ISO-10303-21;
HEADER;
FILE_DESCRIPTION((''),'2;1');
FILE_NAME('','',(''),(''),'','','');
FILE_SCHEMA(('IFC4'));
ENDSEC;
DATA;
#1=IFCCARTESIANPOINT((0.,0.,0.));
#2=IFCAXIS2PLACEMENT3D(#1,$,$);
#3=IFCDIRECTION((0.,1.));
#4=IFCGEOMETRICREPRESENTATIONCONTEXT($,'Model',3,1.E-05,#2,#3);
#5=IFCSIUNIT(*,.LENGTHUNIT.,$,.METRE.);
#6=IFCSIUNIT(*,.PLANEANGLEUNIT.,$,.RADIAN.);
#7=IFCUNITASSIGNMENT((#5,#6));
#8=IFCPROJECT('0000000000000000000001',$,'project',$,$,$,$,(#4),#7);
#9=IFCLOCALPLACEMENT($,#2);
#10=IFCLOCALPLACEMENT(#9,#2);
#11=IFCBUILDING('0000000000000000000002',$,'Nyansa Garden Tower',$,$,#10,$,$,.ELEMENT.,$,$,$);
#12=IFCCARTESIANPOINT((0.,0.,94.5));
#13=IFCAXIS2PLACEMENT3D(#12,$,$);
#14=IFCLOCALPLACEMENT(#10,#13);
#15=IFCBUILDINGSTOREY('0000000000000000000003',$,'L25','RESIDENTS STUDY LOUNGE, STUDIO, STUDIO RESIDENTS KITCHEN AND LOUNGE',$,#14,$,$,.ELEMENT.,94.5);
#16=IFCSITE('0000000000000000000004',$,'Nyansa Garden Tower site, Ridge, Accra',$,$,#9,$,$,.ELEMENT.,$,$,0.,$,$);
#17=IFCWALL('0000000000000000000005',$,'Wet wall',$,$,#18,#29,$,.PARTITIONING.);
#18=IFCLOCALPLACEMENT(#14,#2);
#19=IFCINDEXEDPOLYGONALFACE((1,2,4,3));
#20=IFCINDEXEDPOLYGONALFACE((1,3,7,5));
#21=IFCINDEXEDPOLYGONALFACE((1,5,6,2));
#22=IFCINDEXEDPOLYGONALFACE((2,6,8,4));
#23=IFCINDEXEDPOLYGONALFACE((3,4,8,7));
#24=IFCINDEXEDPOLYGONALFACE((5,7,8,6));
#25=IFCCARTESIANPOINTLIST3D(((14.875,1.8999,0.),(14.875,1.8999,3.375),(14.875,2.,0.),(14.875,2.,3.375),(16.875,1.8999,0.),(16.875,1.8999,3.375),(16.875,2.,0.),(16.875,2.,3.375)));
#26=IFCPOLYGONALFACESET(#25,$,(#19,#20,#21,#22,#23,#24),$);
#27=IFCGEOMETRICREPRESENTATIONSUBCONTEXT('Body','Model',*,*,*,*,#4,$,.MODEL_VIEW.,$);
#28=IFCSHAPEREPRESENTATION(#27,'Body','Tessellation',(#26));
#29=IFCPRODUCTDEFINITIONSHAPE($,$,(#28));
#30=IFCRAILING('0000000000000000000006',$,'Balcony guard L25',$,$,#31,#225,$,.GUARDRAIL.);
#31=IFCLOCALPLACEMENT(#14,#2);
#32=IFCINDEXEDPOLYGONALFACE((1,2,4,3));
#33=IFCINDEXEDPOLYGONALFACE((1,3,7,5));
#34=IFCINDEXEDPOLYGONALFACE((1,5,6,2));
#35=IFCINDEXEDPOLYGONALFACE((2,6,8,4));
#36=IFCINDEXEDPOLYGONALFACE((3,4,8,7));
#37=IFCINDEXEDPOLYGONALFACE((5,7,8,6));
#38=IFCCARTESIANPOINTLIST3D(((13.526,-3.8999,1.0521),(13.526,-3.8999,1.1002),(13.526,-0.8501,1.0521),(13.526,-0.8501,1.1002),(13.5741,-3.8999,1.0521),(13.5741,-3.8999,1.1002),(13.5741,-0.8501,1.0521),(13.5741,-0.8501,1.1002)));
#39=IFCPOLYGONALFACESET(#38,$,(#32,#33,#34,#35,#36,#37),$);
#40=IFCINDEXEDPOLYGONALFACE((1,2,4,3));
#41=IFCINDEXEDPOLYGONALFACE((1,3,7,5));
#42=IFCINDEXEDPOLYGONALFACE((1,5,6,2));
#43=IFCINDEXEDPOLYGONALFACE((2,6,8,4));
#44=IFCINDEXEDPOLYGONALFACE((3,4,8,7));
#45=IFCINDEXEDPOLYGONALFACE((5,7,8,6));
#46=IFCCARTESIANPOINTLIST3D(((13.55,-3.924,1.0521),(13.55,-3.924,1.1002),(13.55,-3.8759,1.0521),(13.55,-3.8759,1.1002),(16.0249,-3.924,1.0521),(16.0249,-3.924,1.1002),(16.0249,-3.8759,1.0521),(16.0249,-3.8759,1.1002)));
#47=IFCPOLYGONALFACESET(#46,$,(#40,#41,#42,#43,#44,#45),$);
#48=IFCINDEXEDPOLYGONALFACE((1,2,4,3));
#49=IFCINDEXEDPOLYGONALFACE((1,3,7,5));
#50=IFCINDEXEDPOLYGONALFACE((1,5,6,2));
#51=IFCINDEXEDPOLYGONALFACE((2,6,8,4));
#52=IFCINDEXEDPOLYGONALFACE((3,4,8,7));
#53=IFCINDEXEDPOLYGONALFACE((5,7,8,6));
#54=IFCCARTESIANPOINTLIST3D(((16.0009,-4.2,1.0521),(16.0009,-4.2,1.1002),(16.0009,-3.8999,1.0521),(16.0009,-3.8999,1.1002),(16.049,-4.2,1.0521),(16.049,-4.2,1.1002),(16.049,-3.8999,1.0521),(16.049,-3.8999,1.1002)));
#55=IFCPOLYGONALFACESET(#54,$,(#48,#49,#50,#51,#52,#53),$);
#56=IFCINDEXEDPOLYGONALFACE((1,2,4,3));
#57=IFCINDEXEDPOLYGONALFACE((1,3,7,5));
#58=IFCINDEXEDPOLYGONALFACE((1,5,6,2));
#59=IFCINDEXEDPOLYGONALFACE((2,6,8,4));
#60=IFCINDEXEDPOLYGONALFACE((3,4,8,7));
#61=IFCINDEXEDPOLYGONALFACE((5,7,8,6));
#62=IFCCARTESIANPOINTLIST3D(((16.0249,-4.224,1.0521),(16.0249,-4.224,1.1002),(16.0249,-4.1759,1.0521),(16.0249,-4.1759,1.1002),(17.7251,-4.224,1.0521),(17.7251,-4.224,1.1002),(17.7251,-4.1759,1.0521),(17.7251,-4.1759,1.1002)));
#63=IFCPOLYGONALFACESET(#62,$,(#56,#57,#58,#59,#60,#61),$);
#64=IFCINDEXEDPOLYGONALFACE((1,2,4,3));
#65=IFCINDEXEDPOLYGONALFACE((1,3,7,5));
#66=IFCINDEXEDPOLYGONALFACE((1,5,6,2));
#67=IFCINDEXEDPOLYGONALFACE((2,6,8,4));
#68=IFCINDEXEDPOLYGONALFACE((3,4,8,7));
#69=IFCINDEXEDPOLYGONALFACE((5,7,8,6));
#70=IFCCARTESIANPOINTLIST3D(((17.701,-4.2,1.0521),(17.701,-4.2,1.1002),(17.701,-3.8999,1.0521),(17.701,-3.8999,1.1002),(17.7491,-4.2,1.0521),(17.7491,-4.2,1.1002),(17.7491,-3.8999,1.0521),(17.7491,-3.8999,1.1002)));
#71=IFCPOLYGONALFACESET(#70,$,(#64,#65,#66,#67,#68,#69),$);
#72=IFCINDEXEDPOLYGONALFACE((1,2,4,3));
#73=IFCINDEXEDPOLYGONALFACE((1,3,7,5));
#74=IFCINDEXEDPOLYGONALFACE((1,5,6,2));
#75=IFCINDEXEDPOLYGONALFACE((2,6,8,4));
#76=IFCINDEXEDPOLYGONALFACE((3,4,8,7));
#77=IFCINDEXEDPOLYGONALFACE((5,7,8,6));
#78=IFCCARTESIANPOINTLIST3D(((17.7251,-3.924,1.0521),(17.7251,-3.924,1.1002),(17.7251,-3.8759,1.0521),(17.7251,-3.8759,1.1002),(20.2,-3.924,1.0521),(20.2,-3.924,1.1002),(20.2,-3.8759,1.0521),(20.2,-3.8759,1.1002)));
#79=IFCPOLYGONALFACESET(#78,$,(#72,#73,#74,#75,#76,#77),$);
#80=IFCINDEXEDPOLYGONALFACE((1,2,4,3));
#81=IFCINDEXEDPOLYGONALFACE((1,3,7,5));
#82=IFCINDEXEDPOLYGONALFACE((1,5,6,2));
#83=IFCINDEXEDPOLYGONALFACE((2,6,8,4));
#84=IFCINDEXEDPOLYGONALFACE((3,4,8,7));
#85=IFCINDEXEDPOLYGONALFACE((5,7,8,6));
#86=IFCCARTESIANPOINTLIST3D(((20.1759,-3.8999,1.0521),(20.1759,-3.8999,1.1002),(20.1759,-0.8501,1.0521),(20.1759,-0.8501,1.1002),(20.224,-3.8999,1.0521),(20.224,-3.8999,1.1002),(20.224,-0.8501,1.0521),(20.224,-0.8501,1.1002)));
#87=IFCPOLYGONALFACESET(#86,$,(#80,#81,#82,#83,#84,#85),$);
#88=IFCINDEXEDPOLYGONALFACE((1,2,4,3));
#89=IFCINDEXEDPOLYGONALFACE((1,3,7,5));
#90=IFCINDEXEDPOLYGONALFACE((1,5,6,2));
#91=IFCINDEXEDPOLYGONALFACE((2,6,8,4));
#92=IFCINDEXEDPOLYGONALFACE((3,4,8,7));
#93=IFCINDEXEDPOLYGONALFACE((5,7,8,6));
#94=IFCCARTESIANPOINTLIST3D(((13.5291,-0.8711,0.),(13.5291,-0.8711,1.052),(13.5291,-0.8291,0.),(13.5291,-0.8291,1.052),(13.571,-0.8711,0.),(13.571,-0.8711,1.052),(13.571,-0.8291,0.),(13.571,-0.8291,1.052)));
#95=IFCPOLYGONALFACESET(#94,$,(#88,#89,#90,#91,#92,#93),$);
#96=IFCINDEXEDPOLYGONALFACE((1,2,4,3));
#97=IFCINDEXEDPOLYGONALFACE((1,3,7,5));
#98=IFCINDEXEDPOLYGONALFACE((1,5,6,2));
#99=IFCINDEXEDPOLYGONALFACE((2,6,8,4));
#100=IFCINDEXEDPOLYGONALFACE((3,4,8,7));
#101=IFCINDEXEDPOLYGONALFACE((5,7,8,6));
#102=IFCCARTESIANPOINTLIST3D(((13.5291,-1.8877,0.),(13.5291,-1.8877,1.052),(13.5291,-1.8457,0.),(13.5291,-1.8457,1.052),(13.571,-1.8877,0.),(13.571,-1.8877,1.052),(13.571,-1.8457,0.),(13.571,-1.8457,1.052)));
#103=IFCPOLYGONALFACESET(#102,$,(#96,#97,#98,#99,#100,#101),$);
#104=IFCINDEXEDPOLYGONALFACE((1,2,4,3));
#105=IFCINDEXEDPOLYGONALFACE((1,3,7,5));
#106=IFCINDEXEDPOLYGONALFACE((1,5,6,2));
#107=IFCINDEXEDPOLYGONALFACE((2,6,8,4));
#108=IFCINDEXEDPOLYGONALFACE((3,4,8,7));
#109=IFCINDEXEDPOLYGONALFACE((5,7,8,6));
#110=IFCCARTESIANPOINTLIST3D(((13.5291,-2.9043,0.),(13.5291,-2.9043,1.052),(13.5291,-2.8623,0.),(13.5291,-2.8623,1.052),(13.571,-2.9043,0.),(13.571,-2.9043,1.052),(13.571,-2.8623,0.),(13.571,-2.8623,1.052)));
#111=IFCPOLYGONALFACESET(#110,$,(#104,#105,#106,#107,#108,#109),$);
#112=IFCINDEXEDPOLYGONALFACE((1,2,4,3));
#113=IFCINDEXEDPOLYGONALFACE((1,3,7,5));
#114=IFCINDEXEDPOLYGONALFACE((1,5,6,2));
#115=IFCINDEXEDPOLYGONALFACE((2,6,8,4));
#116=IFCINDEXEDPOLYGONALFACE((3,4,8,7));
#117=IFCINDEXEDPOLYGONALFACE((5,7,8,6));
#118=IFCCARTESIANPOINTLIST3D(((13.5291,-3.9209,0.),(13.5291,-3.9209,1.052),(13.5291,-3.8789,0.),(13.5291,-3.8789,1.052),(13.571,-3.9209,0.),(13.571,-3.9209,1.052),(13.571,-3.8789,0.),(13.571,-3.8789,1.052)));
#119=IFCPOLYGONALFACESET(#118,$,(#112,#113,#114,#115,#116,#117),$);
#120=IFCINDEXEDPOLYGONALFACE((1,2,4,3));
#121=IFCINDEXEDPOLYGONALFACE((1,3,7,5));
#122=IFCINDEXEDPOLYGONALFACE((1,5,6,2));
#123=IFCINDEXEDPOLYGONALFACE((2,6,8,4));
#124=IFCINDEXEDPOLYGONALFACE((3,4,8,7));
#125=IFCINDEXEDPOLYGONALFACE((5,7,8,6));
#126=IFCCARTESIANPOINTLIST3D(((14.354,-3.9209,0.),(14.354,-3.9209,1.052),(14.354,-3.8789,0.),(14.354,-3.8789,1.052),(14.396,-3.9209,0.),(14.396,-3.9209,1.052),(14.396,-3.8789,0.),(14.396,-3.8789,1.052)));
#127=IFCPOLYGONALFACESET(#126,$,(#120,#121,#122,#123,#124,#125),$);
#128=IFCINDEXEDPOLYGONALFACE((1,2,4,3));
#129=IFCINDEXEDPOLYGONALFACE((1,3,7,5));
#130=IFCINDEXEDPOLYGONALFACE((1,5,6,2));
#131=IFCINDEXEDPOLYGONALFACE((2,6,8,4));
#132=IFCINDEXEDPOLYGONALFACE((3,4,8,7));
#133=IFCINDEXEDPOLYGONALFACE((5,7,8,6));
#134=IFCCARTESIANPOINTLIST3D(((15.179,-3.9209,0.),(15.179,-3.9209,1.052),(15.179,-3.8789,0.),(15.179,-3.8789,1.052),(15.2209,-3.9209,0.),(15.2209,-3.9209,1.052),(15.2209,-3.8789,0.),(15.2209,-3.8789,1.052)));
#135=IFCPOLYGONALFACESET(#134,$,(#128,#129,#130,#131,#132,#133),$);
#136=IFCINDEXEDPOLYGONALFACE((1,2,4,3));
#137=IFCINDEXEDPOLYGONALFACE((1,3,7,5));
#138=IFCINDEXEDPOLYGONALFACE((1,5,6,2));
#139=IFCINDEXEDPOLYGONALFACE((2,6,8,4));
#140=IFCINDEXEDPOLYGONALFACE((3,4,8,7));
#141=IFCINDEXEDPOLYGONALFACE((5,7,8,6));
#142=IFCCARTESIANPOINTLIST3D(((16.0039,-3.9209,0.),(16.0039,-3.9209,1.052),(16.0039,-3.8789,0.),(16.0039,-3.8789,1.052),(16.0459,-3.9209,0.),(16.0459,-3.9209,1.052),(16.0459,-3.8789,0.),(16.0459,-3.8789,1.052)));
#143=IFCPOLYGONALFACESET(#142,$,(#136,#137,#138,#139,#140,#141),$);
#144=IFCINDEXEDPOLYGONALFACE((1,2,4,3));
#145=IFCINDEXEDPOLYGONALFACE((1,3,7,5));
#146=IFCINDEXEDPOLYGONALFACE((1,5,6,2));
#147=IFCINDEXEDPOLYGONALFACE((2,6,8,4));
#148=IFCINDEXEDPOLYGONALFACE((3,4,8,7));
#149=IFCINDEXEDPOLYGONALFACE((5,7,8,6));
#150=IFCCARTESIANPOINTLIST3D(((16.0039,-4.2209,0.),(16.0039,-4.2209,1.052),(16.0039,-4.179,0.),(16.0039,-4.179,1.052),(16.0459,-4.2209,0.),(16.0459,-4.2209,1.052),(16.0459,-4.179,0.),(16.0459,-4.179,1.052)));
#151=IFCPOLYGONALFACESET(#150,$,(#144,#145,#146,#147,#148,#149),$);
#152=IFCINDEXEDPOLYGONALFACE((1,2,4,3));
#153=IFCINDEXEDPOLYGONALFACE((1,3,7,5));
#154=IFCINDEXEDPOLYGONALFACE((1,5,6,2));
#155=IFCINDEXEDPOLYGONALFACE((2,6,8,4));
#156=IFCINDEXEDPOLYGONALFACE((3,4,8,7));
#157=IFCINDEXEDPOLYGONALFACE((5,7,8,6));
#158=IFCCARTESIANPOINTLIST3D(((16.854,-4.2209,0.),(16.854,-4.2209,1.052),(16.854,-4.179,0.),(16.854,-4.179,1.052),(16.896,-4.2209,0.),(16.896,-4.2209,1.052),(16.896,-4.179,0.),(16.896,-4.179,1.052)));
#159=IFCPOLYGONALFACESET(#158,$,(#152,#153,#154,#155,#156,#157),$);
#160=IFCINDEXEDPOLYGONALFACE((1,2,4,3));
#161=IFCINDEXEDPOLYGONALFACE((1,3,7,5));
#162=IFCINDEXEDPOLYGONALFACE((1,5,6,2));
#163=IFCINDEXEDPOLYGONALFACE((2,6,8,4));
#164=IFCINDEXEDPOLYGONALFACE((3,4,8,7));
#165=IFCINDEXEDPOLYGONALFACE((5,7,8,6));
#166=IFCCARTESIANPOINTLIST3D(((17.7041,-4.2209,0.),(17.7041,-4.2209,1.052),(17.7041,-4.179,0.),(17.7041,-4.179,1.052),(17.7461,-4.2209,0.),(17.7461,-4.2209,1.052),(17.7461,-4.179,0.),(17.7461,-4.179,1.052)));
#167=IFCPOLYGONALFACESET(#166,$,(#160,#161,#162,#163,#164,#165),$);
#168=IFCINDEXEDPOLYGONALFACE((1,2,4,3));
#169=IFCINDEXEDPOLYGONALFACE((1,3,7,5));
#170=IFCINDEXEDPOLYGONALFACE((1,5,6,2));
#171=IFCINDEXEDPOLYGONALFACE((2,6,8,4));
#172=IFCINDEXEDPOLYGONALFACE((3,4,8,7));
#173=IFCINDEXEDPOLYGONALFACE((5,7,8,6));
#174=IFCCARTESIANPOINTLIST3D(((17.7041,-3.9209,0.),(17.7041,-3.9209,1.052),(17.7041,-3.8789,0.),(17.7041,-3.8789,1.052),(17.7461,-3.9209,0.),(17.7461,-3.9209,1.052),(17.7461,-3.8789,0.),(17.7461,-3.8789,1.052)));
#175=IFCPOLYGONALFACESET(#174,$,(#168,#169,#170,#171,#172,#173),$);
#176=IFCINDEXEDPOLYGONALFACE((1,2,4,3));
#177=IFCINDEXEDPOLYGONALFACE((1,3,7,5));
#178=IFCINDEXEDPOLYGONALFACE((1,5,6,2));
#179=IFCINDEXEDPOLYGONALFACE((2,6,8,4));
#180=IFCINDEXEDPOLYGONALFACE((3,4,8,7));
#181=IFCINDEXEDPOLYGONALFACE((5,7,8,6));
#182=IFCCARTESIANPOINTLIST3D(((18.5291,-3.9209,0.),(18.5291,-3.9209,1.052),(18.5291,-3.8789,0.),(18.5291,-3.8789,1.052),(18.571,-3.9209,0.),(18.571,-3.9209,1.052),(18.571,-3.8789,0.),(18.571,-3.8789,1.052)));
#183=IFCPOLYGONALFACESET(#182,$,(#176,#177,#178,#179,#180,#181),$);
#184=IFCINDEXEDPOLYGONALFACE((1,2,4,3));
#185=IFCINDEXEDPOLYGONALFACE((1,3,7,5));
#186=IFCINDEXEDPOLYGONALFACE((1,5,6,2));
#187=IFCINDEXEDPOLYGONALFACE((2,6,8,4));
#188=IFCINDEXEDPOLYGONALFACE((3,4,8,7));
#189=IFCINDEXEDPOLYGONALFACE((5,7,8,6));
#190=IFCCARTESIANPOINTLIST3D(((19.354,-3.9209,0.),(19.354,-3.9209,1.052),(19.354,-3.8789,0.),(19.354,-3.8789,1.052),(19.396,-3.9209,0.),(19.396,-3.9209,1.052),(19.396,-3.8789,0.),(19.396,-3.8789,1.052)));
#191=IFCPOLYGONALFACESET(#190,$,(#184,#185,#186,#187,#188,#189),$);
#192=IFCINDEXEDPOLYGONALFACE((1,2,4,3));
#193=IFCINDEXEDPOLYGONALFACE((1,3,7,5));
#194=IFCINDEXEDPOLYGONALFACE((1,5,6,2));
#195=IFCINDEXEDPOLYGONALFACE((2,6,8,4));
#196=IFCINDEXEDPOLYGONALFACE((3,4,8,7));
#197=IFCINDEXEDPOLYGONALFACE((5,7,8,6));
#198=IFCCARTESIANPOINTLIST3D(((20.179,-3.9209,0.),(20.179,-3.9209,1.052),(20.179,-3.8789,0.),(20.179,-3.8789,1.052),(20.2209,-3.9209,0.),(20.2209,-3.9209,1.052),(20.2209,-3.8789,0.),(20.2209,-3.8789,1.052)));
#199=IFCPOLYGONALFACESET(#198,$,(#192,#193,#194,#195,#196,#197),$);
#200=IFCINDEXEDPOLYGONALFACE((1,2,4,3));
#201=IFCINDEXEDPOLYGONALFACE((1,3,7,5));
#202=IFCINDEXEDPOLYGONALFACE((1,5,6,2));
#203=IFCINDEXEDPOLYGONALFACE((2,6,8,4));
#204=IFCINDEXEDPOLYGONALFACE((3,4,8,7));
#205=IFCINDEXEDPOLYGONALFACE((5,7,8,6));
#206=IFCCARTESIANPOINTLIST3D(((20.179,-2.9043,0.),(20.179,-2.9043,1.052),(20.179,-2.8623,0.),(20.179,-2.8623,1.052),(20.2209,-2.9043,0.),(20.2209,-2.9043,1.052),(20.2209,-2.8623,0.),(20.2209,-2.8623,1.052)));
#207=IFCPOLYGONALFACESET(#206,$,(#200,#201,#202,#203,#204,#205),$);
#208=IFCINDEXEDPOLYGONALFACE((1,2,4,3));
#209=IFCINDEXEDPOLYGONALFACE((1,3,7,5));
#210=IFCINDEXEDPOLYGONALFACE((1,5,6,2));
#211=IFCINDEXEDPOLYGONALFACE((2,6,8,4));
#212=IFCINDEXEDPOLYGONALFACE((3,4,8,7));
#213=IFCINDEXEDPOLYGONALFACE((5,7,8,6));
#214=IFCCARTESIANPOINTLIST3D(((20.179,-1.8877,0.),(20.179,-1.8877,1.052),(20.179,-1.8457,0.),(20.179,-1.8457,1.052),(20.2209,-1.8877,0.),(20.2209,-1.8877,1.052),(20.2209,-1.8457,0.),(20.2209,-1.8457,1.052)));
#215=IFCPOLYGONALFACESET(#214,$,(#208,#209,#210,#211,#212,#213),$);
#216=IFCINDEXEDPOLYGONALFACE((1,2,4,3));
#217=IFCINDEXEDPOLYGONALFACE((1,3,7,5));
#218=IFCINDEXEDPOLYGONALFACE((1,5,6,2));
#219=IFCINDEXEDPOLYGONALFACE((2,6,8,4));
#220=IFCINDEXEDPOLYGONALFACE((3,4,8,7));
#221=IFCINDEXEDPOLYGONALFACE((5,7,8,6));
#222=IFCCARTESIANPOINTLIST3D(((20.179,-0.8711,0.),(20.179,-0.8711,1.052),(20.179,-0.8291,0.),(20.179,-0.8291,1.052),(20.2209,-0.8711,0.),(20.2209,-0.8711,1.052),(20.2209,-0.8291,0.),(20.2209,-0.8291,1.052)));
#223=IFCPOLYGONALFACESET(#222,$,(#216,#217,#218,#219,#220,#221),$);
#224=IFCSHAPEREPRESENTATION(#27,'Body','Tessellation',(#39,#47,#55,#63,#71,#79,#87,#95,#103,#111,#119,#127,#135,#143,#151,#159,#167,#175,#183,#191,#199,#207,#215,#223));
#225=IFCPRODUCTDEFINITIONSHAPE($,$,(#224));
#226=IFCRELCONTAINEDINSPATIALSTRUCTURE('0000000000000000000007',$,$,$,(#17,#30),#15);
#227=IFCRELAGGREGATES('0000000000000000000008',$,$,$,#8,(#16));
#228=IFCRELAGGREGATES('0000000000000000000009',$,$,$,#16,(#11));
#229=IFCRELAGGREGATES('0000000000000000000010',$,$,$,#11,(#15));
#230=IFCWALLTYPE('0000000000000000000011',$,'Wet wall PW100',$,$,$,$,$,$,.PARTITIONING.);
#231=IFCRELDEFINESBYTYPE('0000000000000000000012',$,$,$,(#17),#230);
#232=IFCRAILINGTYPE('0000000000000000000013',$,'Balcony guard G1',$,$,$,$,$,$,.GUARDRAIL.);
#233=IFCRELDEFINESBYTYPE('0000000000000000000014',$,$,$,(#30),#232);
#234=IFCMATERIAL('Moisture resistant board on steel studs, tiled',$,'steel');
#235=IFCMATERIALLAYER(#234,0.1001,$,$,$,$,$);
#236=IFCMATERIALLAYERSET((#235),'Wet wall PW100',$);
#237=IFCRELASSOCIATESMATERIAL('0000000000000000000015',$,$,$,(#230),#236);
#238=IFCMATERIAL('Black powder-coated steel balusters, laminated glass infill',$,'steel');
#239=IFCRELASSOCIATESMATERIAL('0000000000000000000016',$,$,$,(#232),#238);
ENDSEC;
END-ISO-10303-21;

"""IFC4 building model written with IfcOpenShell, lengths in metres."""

from ifc_helpers import new_model, si_unit, direction, frame, frame_2d, origin, origin_2d, place, context, subcontext, project, spatial, rectangle, extrude, material, layer, layer_set, type_object, element, save


model = new_model("IFC4")

# Units and contexts
model_context = context("Model", 3, precision=1e-05, world=origin(), true_north=direction((0.0, 1.0)))
body_context = subcontext(model_context, "Body", "Model", "MODEL_VIEW")
ifc_project = project(units=[si_unit("LENGTHUNIT", "METRE"), si_unit("PLANEANGLEUNIT", "RADIAN")], contexts=[model_context])

# Site, building, storey
site_placement = place(None, origin())
site = spatial("IfcSite", under=ifc_project, at=site_placement, Name="Nyansa Garden Tower site, Ridge, Accra", CompositionType="ELEMENT", RefElevation=0.0)
building_placement = place(site_placement, origin())
building = spatial("IfcBuilding", under=site, at=building_placement, Name="Nyansa Garden Tower", CompositionType="ELEMENT")
storey_placement = place(building_placement, frame((0.0, 0.0, 94.5)))
storey = spatial("IfcBuildingStorey", under=building, at=storey_placement, Name="L25", Description="RESIDENTS STUDY LOUNGE, STUDIO, STUDIO RESIDENTS KITCHEN AND LOUNGE", CompositionType="ELEMENT", Elevation=94.5)

# Wall
ifc_material_1 = material(Name="Moisture resistant board on steel studs, tiled", Category="steel")
ifc_layer_1 = layer(ifc_material_1, 0.1001)
ifc_layer_set_1 = layer_set([ifc_layer_1], Name="Wet wall PW100")
wall_type_1 = type_object("IfcWallType", Name="Wet wall PW100", PredefinedType="PARTITIONING", material=ifc_layer_set_1)
wall_1_placement = place(storey_placement, frame((14.875, 1.95, 0.0), z_axis=(0.0, 0.0, 1.0), x_axis=(1.0, 0.0, 0.0)))
element("IfcWall", 1, at=wall_1_placement, inside=storey, type_object=wall_type_1, Name="Wet wall", PredefinedType="PARTITIONING", context=body_context, shape_type="SweptSolid", body=[
    extrude(rectangle(XDim=2.0, YDim=0.1001, at=frame_2d((1.0, 0.0))), origin(), (0.0, 0.0, 1.0), 3.375),
])

# Railing
ifc_material_2 = material(Name="Black powder-coated steel balusters, laminated glass infill", Category="steel")
railing_type = type_object("IfcRailingType", Name="Balcony guard G1", PredefinedType="GUARDRAIL", material=ifc_material_2)
railing_placement = place(storey_placement, frame((13.55, -0.8501, 0.0)))
element("IfcRailing", 2, at=railing_placement, inside=storey, type_object=railing_type, Name="Balcony guard L25", PredefinedType="GUARDRAIL", context=body_context, shape_type="SweptSolid", body=[
    extrude(rectangle(XDim=0.0481, YDim=0.0481, at=origin_2d()), frame((0.0, 0.0, 1.0762), z_axis=(0.0, -1.0, 0.0), x_axis=(1.0, 0.0, 0.0)), (0.0, 0.0, 1.0), 3.0498),
    extrude(rectangle(XDim=0.0481, YDim=0.0481, at=origin_2d()), frame((0.0, -3.0498, 1.0762), z_axis=(1.0, 0.0, 0.0), x_axis=(0.0, 1.0, 0.0)), (0.0, 0.0, 1.0), 2.4749),
    extrude(rectangle(XDim=0.0481, YDim=0.0481, at=origin_2d()), frame((2.4749, -3.0498, 1.0762), z_axis=(0.0, -1.0, 0.0), x_axis=(1.0, 0.0, 0.0)), (0.0, 0.0, 1.0), 0.3),
    extrude(rectangle(XDim=0.0481, YDim=0.0481, at=origin_2d()), frame((2.4749, -3.3499, 1.0762), z_axis=(1.0, 0.0, 0.0), x_axis=(0.0, 1.0, 0.0)), (0.0, 0.0, 1.0), 1.7002),
    extrude(rectangle(XDim=0.0481, YDim=0.0481, at=origin_2d()), frame((4.175, -3.3499, 1.0762), z_axis=(0.0, 1.0, 0.0), x_axis=(-1.0, 0.0, 0.0)), (0.0, 0.0, 1.0), 0.3),
    extrude(rectangle(XDim=0.0481, YDim=0.0481, at=origin_2d()), frame((4.175, -3.0498, 1.0762), z_axis=(1.0, 0.0, 0.0), x_axis=(0.0, 1.0, 0.0)), (0.0, 0.0, 1.0), 2.4749),
    extrude(rectangle(XDim=0.0481, YDim=0.0481, at=origin_2d()), frame((6.6499, -3.0498, 1.0762), z_axis=(0.0, 1.0, 0.0), x_axis=(-1.0, 0.0, 0.0)), (0.0, 0.0, 1.0), 3.0498),
    extrude(rectangle(XDim=0.042, YDim=0.042, at=origin_2d()), origin(), (0.0, 0.0, 1.0), 1.052),
    extrude(rectangle(XDim=0.042, YDim=0.042, at=origin_2d()), frame((0.0, -1.0166, 0.0)), (0.0, 0.0, 1.0), 1.052),
    extrude(rectangle(XDim=0.042, YDim=0.042, at=origin_2d()), frame((0.0, -2.0332, 0.0)), (0.0, 0.0, 1.0), 1.052),
    extrude(rectangle(XDim=0.042, YDim=0.042, at=origin_2d()), frame((0.0, -3.0498, 0.0)), (0.0, 0.0, 1.0), 1.052),
    extrude(rectangle(XDim=0.042, YDim=0.042, at=origin_2d()), frame((0.825, -3.0498, 0.0)), (0.0, 0.0, 1.0), 1.052),
    extrude(rectangle(XDim=0.042, YDim=0.042, at=origin_2d()), frame((1.6499, -3.0498, 0.0)), (0.0, 0.0, 1.0), 1.052),
    extrude(rectangle(XDim=0.042, YDim=0.042, at=origin_2d()), frame((2.4749, -3.0498, 0.0)), (0.0, 0.0, 1.0), 1.052),
    extrude(rectangle(XDim=0.042, YDim=0.042, at=origin_2d()), frame((2.4749, -3.3499, 0.0)), (0.0, 0.0, 1.0), 1.052),
    extrude(rectangle(XDim=0.042, YDim=0.042, at=origin_2d()), frame((3.325, -3.3499, 0.0)), (0.0, 0.0, 1.0), 1.052),
    extrude(rectangle(XDim=0.042, YDim=0.042, at=origin_2d()), frame((4.175, -3.3499, 0.0)), (0.0, 0.0, 1.0), 1.052),
    extrude(rectangle(XDim=0.042, YDim=0.042, at=origin_2d()), frame((4.175, -3.0498, 0.0)), (0.0, 0.0, 1.0), 1.052),
    extrude(rectangle(XDim=0.042, YDim=0.042, at=origin_2d()), frame((5.0, -3.0498, 0.0)), (0.0, 0.0, 1.0), 1.052),
    extrude(rectangle(XDim=0.042, YDim=0.042, at=origin_2d()), frame((5.825, -3.0498, 0.0)), (0.0, 0.0, 1.0), 1.052),
    extrude(rectangle(XDim=0.042, YDim=0.042, at=origin_2d()), frame((6.6499, -3.0498, 0.0)), (0.0, 0.0, 1.0), 1.052),
    extrude(rectangle(XDim=0.042, YDim=0.042, at=origin_2d()), frame((6.6499, -2.0332, 0.0)), (0.0, 0.0, 1.0), 1.052),
    extrude(rectangle(XDim=0.042, YDim=0.042, at=origin_2d()), frame((6.6499, -1.0166, 0.0)), (0.0, 0.0, 1.0), 1.052),
    extrude(rectangle(XDim=0.042, YDim=0.042, at=origin_2d()), frame((6.6499, 0.0, 0.0)), (0.0, 0.0, 1.0), 1.052),
])

save(model, "model.ifc")
